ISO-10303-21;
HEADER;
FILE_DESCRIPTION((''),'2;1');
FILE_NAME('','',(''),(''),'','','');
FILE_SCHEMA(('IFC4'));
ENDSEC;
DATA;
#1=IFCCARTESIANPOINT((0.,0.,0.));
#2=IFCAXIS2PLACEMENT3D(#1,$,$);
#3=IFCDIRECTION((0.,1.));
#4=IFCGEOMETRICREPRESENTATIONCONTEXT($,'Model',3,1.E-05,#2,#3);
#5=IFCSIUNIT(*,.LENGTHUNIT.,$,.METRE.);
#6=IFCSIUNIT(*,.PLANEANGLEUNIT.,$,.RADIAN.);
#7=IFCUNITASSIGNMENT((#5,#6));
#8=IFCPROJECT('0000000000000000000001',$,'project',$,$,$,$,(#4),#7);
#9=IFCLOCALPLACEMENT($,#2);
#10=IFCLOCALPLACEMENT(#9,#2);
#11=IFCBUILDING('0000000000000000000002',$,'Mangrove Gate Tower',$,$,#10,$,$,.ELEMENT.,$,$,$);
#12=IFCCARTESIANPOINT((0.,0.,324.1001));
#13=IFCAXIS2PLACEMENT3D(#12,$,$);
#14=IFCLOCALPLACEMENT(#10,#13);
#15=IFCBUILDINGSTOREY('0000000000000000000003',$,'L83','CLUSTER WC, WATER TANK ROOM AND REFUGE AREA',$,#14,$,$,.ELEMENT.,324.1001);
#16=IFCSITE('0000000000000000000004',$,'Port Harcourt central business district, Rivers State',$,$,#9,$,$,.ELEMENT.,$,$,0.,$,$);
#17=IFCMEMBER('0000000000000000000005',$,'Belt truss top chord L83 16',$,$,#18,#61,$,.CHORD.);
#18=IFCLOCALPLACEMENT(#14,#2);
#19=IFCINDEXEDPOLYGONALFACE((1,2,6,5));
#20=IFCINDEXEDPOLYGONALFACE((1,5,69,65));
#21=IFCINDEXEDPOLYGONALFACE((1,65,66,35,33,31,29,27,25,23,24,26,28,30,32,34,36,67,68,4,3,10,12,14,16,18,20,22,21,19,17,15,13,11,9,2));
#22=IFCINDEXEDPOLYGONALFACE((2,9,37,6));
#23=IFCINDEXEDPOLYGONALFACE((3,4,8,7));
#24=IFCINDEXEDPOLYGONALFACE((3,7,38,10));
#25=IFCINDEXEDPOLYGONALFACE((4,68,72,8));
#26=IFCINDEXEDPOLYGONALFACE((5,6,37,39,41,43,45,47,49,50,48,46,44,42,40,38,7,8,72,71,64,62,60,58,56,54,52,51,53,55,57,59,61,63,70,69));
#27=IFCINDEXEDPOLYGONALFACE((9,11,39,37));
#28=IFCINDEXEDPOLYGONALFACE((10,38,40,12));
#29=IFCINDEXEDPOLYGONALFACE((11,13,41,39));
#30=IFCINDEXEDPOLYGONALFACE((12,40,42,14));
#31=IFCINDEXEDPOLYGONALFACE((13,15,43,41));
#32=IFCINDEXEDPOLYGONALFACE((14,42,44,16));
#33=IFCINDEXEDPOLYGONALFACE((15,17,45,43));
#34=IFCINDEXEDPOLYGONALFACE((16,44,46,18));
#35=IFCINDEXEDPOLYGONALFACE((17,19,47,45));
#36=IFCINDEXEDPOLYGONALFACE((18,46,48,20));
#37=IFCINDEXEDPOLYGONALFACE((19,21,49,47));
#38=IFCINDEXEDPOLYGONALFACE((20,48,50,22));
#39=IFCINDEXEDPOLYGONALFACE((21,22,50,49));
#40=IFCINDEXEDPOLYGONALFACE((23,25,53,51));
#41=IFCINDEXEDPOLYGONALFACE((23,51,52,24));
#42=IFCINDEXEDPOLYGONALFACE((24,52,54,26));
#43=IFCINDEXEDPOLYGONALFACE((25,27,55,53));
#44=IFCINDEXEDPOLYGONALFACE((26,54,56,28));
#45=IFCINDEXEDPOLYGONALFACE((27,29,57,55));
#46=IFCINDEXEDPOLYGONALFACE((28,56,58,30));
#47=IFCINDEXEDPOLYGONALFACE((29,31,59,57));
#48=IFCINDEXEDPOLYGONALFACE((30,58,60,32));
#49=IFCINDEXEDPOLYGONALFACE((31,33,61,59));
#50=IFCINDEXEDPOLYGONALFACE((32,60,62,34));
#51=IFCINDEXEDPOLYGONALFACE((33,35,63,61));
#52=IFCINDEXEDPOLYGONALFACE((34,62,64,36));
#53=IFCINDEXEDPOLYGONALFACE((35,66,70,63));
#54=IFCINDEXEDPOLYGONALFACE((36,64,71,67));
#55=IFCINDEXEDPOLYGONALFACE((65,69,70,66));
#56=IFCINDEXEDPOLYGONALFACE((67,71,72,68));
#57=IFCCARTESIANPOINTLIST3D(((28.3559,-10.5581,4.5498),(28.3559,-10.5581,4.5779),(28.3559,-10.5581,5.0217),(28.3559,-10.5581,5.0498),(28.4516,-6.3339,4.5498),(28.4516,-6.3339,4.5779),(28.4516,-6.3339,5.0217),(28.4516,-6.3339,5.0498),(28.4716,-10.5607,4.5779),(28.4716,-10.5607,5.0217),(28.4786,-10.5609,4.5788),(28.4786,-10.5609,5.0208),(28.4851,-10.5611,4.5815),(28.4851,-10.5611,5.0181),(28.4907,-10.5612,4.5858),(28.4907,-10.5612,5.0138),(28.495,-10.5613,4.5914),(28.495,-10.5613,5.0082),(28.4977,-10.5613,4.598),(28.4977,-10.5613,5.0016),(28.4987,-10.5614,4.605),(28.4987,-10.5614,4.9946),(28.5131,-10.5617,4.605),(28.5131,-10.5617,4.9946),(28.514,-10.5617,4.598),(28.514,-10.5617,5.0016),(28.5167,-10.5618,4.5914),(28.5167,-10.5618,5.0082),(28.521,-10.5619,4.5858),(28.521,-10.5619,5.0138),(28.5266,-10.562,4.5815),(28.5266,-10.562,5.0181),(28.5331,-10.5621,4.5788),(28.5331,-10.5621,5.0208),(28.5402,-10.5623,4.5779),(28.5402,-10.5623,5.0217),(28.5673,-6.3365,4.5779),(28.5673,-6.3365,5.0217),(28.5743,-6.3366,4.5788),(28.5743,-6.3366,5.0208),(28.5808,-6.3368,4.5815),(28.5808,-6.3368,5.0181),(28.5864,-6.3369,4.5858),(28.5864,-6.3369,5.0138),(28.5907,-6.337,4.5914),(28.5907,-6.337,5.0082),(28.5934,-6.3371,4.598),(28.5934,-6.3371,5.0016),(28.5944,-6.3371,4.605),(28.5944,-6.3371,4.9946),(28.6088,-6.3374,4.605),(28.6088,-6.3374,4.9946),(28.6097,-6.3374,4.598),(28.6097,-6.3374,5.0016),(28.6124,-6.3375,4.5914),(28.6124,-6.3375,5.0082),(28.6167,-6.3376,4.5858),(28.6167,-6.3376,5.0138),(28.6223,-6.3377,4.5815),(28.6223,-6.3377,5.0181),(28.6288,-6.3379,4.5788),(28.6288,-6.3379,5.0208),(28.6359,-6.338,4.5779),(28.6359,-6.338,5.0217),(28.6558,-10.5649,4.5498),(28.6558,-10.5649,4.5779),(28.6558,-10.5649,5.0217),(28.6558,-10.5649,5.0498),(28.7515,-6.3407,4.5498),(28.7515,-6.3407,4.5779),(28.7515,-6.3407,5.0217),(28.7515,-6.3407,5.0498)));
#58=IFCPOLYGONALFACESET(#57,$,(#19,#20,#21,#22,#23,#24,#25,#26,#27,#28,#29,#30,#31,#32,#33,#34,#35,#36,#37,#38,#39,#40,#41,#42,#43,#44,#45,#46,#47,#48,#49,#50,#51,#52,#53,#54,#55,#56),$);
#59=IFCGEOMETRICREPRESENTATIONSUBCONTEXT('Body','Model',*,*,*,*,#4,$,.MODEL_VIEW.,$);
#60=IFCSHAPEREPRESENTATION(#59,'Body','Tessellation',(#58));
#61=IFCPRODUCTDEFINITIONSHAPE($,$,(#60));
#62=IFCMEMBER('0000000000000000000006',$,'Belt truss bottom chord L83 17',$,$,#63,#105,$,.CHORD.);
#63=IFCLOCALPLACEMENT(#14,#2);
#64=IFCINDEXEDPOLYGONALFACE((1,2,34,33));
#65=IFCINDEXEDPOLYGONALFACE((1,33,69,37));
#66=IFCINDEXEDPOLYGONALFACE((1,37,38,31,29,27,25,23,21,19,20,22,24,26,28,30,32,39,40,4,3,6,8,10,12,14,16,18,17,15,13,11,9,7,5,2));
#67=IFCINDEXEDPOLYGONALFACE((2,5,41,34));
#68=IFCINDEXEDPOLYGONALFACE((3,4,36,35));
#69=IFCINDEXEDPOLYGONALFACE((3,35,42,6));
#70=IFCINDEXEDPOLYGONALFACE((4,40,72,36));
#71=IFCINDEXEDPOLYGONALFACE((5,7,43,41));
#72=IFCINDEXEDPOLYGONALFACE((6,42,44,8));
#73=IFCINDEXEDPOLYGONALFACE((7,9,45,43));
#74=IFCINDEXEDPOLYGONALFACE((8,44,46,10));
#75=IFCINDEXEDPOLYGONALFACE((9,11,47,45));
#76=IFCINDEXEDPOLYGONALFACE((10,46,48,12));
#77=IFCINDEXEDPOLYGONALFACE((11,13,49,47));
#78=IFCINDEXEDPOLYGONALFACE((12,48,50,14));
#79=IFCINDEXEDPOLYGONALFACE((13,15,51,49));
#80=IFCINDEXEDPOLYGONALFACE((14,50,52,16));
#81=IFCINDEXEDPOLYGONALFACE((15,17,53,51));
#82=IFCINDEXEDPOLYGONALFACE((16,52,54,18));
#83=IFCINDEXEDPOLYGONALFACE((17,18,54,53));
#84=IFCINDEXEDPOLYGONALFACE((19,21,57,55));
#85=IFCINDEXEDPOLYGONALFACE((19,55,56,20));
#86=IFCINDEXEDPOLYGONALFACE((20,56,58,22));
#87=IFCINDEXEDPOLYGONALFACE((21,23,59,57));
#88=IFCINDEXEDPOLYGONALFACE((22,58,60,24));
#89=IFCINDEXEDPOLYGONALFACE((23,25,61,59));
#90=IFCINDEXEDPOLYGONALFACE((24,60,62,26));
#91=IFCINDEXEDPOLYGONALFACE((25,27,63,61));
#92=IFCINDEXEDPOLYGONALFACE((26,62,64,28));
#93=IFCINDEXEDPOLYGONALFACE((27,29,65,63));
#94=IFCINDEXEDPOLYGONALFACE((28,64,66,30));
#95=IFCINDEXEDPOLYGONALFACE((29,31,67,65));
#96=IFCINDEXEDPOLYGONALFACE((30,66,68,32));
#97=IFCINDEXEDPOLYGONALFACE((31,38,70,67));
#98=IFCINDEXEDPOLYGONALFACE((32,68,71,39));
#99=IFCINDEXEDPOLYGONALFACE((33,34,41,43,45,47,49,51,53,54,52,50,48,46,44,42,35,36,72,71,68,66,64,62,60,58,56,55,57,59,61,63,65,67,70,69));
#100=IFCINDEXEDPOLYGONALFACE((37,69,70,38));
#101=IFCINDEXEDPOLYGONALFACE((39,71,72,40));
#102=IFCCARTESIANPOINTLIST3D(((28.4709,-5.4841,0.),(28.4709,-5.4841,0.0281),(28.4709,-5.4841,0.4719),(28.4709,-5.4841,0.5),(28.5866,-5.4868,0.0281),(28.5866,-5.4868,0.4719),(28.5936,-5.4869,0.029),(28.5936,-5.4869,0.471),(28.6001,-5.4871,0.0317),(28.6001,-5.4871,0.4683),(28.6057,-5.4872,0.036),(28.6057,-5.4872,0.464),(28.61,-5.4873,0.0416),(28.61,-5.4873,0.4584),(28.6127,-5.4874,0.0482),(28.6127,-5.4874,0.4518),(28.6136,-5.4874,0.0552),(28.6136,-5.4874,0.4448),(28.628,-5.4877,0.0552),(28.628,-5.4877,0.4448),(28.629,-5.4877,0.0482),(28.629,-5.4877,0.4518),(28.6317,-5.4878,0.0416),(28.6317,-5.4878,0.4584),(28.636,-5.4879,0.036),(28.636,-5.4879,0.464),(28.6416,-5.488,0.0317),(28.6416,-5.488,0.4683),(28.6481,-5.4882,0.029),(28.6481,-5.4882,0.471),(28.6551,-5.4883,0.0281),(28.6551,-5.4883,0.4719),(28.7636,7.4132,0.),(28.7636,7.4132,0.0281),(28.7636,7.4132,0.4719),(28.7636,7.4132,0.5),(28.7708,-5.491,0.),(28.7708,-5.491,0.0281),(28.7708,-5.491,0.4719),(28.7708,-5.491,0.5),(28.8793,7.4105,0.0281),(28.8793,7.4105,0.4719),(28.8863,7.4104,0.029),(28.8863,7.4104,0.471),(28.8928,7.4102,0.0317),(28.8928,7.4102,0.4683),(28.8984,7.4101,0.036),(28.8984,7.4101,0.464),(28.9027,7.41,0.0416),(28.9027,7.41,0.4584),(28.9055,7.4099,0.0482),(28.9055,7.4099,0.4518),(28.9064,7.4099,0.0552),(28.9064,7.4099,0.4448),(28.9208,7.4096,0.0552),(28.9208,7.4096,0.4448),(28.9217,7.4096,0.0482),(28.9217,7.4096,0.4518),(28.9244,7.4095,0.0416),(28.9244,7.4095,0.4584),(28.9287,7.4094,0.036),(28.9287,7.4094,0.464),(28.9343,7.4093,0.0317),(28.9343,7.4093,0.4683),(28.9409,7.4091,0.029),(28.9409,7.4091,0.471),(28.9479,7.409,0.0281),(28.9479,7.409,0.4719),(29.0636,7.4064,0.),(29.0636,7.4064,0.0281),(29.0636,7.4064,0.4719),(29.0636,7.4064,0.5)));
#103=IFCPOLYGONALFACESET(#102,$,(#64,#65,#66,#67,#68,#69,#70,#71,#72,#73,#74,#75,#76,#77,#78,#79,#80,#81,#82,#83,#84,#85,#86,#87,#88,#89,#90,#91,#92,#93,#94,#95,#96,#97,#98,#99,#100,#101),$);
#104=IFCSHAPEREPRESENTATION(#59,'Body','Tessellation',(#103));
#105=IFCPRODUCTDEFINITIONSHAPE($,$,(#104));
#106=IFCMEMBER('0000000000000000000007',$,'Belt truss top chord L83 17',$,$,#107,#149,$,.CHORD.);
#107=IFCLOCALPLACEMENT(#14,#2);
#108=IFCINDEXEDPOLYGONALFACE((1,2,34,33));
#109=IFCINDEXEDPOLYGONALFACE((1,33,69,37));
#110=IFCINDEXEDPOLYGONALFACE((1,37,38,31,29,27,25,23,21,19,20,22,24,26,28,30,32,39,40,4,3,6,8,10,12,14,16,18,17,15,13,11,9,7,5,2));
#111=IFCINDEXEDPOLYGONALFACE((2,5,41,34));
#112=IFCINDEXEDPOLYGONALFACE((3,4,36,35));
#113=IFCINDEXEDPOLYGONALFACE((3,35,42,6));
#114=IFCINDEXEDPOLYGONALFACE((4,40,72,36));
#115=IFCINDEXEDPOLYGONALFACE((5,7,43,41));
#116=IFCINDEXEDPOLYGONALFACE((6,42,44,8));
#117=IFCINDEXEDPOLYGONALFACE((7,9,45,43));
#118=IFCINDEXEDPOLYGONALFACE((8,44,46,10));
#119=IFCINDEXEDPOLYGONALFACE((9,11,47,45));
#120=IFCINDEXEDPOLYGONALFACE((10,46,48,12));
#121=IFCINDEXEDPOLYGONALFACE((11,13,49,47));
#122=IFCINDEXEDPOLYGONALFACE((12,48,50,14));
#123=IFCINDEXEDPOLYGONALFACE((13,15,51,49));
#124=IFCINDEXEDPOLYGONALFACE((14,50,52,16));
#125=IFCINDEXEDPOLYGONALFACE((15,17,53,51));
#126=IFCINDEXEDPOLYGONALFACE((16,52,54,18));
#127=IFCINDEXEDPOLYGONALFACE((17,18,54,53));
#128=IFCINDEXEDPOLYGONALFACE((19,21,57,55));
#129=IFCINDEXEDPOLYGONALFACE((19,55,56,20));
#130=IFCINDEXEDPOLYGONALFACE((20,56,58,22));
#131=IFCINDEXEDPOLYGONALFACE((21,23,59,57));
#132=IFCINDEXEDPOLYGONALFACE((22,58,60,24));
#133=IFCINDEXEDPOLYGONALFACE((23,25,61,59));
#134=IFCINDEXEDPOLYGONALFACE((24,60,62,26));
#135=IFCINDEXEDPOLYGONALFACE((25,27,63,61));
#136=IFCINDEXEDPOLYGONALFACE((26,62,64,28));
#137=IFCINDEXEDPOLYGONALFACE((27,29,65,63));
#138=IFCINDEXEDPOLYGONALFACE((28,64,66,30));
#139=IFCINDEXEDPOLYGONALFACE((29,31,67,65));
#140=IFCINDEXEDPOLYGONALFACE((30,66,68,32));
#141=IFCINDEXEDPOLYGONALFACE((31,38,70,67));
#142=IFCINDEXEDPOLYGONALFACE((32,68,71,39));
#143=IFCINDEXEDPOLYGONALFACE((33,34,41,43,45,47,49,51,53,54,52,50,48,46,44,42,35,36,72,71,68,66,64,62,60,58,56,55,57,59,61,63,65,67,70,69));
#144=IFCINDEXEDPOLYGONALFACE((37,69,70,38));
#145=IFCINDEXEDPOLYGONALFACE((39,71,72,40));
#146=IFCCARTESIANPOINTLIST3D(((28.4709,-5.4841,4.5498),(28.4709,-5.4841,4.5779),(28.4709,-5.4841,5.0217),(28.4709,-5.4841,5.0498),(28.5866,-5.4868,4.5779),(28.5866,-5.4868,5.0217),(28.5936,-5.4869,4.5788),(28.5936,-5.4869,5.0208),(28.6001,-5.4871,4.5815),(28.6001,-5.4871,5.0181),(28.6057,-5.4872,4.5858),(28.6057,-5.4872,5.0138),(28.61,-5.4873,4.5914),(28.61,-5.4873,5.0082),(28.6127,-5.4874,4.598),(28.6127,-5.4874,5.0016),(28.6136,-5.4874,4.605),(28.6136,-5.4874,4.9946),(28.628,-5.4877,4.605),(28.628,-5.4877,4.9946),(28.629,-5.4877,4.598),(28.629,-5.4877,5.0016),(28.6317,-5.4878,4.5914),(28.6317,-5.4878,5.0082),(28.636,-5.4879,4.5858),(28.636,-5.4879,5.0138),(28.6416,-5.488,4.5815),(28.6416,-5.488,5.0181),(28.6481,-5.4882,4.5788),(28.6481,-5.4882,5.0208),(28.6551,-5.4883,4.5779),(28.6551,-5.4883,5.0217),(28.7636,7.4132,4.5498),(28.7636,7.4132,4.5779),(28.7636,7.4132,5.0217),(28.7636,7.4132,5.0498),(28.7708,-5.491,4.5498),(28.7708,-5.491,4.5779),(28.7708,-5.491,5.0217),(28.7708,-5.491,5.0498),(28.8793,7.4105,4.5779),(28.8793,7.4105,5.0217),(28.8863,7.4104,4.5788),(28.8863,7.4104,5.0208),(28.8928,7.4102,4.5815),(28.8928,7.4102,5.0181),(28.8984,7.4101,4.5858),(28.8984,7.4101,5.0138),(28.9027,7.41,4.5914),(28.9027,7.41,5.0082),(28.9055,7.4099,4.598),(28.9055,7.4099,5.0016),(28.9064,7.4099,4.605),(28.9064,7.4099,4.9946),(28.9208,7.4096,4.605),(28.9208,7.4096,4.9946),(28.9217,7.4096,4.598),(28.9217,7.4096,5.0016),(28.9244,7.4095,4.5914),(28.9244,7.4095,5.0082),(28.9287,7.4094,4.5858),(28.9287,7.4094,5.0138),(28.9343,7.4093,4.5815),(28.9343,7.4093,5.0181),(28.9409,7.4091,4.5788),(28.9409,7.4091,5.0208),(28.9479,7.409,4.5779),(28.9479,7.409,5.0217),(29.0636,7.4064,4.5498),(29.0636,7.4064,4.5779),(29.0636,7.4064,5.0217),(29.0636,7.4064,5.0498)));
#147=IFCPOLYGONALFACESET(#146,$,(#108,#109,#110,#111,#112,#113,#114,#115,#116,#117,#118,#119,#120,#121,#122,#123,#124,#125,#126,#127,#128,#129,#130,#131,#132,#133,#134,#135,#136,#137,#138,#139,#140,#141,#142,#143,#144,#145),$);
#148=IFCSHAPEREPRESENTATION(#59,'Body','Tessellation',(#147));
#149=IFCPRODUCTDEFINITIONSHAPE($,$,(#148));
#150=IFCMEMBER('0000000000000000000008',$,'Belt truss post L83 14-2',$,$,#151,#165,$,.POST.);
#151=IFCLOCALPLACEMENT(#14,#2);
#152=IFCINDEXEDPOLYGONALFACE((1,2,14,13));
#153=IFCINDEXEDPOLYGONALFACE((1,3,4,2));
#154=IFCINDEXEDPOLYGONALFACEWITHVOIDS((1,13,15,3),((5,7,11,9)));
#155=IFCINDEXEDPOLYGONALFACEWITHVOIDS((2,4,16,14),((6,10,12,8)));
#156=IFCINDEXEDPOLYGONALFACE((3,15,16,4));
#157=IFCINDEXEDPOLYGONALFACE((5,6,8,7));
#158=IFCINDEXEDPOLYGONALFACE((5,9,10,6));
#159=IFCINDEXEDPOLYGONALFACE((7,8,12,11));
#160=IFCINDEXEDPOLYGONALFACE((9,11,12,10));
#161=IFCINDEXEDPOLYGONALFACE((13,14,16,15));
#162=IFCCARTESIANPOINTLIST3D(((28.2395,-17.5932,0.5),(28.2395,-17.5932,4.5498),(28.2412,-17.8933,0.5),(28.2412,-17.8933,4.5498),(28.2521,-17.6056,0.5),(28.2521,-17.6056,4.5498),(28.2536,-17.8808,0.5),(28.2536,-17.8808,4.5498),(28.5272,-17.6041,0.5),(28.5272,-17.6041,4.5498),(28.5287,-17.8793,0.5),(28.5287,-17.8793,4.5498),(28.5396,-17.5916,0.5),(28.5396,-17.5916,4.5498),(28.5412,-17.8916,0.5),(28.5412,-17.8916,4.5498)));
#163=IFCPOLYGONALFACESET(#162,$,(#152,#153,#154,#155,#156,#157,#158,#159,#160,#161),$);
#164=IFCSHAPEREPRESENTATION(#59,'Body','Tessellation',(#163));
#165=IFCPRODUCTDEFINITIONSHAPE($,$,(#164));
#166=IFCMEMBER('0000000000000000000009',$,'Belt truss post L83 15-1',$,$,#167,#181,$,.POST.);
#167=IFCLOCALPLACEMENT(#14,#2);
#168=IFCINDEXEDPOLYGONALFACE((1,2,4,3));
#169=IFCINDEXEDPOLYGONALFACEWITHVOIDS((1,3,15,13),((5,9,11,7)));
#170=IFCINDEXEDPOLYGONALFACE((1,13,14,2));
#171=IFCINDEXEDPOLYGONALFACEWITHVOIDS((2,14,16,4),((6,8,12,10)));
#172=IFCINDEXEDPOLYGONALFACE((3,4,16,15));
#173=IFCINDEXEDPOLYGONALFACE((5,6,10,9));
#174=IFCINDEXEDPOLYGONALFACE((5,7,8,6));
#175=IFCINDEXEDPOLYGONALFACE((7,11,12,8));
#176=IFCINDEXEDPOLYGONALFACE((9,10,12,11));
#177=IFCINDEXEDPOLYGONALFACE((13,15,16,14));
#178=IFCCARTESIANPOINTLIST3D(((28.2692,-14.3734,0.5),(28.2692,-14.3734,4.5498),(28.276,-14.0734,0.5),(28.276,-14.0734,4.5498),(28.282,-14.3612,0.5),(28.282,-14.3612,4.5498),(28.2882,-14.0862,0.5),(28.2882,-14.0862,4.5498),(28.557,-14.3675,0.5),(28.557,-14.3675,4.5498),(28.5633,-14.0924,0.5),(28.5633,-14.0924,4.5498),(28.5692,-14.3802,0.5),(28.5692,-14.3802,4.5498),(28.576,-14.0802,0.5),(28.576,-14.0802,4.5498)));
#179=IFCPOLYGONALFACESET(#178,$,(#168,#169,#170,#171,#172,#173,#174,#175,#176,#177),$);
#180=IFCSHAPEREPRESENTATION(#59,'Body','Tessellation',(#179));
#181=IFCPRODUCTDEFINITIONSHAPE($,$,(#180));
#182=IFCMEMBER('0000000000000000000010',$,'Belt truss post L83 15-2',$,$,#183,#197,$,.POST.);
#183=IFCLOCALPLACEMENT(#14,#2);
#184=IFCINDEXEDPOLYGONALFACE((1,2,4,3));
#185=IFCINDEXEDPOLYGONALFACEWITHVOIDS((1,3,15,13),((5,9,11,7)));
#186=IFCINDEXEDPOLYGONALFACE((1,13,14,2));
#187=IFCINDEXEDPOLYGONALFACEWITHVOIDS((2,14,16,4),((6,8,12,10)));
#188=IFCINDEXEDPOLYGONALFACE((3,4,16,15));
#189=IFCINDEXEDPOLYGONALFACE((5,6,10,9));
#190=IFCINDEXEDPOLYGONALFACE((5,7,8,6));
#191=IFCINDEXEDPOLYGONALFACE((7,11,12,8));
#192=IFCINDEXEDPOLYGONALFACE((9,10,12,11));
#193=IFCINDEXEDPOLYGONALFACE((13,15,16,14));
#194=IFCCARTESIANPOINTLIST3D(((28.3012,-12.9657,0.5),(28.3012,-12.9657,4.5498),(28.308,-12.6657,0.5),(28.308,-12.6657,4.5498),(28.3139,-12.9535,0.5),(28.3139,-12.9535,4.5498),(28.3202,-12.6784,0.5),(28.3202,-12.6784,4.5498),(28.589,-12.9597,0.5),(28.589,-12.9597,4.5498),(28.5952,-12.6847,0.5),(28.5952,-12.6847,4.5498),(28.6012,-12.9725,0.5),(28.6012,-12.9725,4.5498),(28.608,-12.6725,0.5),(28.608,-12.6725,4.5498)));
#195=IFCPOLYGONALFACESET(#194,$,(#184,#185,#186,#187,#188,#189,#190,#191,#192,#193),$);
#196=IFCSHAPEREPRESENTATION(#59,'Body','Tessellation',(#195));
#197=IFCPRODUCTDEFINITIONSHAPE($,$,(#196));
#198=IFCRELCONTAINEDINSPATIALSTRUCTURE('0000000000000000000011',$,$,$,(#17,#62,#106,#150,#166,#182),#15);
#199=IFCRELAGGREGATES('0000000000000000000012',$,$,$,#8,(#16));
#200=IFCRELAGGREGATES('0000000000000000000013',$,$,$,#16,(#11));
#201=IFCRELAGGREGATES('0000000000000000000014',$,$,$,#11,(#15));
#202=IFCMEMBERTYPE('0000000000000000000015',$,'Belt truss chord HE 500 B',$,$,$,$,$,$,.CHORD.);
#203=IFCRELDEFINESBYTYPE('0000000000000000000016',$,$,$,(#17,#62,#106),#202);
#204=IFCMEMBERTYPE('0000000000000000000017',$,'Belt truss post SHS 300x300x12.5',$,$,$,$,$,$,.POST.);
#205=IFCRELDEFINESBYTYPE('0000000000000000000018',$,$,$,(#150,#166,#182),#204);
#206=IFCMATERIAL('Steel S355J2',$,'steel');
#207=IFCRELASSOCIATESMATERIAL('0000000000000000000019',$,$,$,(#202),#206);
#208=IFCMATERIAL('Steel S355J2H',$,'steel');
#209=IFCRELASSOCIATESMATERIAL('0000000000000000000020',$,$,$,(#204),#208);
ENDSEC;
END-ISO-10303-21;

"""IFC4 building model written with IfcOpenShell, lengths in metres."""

from ifc_helpers import new_model, si_unit, direction, frame, origin, origin_2d, place, context, subcontext, project, spatial, hollow_rectangle, i_section, extrude, material, material_profile, profile_set, type_object, element, save


model = new_model("IFC4")

# Units and contexts
model_context = context("Model", 3, precision=1e-05, world=origin(), true_north=direction((0.0, 1.0)))
body_context = subcontext(model_context, "Body", "Model", "MODEL_VIEW")
ifc_project = project(units=[si_unit("LENGTHUNIT", "METRE"), si_unit("PLANEANGLEUNIT", "RADIAN")], contexts=[model_context])

# Site, building, storey
site_placement = place(None, origin())
site = spatial("IfcSite", under=ifc_project, at=site_placement, Name="Port Harcourt central business district, Rivers State", CompositionType="ELEMENT", RefElevation=0.0)
building_placement = place(site_placement, origin())
building = spatial("IfcBuilding", under=site, at=building_placement, Name="Mangrove Gate Tower", CompositionType="ELEMENT")
storey_placement = place(building_placement, frame((0.0, 0.0, 324.1001)))
storey = spatial("IfcBuildingStorey", under=building, at=storey_placement, Name="L83", Description="CLUSTER WC, WATER TANK ROOM AND REFUGE AREA", CompositionType="ELEMENT", Elevation=324.1001)

# Members
ifc_material_1 = material(Name="Steel S355J2", Category="steel")
ifc_material_profile_1 = material_profile(ifc_material_1, i_section(OverallWidth=0.3, OverallDepth=0.5, WebThickness=0.0144, FlangeThickness=0.0281, FilletRadius=0.0271, at=origin_2d()))
ifc_profile_set_1 = profile_set([ifc_material_profile_1], Name="Steel S355J2")
member_type_1 = type_object("IfcMemberType", Name="Belt truss chord HE 500 B", PredefinedType="CHORD", material=ifc_profile_set_1)
for number, where, z_axis, x_axis, name in (
    (1, (28.5059, -10.5615, 4.7998), (0.022649, 0.999743, 0.0), (-0.999743, 0.022649, 0.0), "Belt truss top chord L83 16"),
):
    element("IfcMember", number, at=place(storey_placement, frame(where, z_axis=z_axis, x_axis=x_axis)), inside=storey, type_object=member_type_1, Name=name, PredefinedType="CHORD", context=body_context, shape_type="SweptSolid", body=[
        extrude(i_section(OverallWidth=0.3, OverallDepth=0.5, WebThickness=0.0144, FlangeThickness=0.0281, FilletRadius=0.0271, at=origin_2d()), origin(), (0.0, 0.0, 1.0), 4.2253),
    ])
for number, where, z_axis, x_axis, name in (
    (2, (28.6208, -5.4875, 0.25), (0.022691, 0.999743, 0.0), (-0.999743, 0.022691, 0.0), "Belt truss bottom chord L83 17"),
    (3, (28.6208, -5.4875, 4.7998), (0.022691, 0.999743, 0.0), (-0.999743, 0.022691, 0.0), "Belt truss top chord L83 17"),
):
    element("IfcMember", number, at=place(storey_placement, frame(where, z_axis=z_axis, x_axis=x_axis)), inside=storey, type_object=member_type_1, Name=name, PredefinedType="CHORD", context=body_context, shape_type="SweptSolid", body=[
        extrude(i_section(OverallWidth=0.3, OverallDepth=0.5, WebThickness=0.0144, FlangeThickness=0.0281, FilletRadius=0.0271, at=origin_2d()), origin(), (0.0, 0.0, 1.0), 12.9006),
    ])
ifc_material_2 = material(Name="Steel S355J2H", Category="steel")
ifc_material_profile_2 = material_profile(ifc_material_2, hollow_rectangle(XDim=0.3, YDim=0.3, WallThickness=0.0125, at=origin_2d()))
ifc_profile_set_2 = profile_set([ifc_material_profile_2], Name="Steel S355J2H")
member_type_2 = type_object("IfcMemberType", Name="Belt truss post SHS 300x300x12.5", PredefinedType="POST", material=ifc_profile_set_2)
for number, where, z_axis, x_axis, name in (
    (4, (28.3904, -17.7424, 0.5), (0.0, 0.0, 1.0), (-0.005436, 0.999985, 0.0), "Belt truss post L83 14-2"),
    (5, (28.4226, -14.2268, 0.5), (0.0, 0.0, 1.0), (0.022663, 0.999743, 0.0), "Belt truss post L83 15-1"),
    (6, (28.4546, -12.8191, 0.5), (0.0, 0.0, 1.0), (0.022663, 0.999743, 0.0), "Belt truss post L83 15-2"),
):
    element("IfcMember", number, at=place(storey_placement, frame(where, z_axis=z_axis, x_axis=x_axis)), inside=storey, type_object=member_type_2, Name=name, PredefinedType="POST", context=body_context, shape_type="SweptSolid", body=[
        extrude(hollow_rectangle(XDim=0.3, YDim=0.3, WallThickness=0.0125, at=origin_2d()), origin(), (0.0, 0.0, 1.0), 4.0498),
    ])

save(model, "model.ifc")
